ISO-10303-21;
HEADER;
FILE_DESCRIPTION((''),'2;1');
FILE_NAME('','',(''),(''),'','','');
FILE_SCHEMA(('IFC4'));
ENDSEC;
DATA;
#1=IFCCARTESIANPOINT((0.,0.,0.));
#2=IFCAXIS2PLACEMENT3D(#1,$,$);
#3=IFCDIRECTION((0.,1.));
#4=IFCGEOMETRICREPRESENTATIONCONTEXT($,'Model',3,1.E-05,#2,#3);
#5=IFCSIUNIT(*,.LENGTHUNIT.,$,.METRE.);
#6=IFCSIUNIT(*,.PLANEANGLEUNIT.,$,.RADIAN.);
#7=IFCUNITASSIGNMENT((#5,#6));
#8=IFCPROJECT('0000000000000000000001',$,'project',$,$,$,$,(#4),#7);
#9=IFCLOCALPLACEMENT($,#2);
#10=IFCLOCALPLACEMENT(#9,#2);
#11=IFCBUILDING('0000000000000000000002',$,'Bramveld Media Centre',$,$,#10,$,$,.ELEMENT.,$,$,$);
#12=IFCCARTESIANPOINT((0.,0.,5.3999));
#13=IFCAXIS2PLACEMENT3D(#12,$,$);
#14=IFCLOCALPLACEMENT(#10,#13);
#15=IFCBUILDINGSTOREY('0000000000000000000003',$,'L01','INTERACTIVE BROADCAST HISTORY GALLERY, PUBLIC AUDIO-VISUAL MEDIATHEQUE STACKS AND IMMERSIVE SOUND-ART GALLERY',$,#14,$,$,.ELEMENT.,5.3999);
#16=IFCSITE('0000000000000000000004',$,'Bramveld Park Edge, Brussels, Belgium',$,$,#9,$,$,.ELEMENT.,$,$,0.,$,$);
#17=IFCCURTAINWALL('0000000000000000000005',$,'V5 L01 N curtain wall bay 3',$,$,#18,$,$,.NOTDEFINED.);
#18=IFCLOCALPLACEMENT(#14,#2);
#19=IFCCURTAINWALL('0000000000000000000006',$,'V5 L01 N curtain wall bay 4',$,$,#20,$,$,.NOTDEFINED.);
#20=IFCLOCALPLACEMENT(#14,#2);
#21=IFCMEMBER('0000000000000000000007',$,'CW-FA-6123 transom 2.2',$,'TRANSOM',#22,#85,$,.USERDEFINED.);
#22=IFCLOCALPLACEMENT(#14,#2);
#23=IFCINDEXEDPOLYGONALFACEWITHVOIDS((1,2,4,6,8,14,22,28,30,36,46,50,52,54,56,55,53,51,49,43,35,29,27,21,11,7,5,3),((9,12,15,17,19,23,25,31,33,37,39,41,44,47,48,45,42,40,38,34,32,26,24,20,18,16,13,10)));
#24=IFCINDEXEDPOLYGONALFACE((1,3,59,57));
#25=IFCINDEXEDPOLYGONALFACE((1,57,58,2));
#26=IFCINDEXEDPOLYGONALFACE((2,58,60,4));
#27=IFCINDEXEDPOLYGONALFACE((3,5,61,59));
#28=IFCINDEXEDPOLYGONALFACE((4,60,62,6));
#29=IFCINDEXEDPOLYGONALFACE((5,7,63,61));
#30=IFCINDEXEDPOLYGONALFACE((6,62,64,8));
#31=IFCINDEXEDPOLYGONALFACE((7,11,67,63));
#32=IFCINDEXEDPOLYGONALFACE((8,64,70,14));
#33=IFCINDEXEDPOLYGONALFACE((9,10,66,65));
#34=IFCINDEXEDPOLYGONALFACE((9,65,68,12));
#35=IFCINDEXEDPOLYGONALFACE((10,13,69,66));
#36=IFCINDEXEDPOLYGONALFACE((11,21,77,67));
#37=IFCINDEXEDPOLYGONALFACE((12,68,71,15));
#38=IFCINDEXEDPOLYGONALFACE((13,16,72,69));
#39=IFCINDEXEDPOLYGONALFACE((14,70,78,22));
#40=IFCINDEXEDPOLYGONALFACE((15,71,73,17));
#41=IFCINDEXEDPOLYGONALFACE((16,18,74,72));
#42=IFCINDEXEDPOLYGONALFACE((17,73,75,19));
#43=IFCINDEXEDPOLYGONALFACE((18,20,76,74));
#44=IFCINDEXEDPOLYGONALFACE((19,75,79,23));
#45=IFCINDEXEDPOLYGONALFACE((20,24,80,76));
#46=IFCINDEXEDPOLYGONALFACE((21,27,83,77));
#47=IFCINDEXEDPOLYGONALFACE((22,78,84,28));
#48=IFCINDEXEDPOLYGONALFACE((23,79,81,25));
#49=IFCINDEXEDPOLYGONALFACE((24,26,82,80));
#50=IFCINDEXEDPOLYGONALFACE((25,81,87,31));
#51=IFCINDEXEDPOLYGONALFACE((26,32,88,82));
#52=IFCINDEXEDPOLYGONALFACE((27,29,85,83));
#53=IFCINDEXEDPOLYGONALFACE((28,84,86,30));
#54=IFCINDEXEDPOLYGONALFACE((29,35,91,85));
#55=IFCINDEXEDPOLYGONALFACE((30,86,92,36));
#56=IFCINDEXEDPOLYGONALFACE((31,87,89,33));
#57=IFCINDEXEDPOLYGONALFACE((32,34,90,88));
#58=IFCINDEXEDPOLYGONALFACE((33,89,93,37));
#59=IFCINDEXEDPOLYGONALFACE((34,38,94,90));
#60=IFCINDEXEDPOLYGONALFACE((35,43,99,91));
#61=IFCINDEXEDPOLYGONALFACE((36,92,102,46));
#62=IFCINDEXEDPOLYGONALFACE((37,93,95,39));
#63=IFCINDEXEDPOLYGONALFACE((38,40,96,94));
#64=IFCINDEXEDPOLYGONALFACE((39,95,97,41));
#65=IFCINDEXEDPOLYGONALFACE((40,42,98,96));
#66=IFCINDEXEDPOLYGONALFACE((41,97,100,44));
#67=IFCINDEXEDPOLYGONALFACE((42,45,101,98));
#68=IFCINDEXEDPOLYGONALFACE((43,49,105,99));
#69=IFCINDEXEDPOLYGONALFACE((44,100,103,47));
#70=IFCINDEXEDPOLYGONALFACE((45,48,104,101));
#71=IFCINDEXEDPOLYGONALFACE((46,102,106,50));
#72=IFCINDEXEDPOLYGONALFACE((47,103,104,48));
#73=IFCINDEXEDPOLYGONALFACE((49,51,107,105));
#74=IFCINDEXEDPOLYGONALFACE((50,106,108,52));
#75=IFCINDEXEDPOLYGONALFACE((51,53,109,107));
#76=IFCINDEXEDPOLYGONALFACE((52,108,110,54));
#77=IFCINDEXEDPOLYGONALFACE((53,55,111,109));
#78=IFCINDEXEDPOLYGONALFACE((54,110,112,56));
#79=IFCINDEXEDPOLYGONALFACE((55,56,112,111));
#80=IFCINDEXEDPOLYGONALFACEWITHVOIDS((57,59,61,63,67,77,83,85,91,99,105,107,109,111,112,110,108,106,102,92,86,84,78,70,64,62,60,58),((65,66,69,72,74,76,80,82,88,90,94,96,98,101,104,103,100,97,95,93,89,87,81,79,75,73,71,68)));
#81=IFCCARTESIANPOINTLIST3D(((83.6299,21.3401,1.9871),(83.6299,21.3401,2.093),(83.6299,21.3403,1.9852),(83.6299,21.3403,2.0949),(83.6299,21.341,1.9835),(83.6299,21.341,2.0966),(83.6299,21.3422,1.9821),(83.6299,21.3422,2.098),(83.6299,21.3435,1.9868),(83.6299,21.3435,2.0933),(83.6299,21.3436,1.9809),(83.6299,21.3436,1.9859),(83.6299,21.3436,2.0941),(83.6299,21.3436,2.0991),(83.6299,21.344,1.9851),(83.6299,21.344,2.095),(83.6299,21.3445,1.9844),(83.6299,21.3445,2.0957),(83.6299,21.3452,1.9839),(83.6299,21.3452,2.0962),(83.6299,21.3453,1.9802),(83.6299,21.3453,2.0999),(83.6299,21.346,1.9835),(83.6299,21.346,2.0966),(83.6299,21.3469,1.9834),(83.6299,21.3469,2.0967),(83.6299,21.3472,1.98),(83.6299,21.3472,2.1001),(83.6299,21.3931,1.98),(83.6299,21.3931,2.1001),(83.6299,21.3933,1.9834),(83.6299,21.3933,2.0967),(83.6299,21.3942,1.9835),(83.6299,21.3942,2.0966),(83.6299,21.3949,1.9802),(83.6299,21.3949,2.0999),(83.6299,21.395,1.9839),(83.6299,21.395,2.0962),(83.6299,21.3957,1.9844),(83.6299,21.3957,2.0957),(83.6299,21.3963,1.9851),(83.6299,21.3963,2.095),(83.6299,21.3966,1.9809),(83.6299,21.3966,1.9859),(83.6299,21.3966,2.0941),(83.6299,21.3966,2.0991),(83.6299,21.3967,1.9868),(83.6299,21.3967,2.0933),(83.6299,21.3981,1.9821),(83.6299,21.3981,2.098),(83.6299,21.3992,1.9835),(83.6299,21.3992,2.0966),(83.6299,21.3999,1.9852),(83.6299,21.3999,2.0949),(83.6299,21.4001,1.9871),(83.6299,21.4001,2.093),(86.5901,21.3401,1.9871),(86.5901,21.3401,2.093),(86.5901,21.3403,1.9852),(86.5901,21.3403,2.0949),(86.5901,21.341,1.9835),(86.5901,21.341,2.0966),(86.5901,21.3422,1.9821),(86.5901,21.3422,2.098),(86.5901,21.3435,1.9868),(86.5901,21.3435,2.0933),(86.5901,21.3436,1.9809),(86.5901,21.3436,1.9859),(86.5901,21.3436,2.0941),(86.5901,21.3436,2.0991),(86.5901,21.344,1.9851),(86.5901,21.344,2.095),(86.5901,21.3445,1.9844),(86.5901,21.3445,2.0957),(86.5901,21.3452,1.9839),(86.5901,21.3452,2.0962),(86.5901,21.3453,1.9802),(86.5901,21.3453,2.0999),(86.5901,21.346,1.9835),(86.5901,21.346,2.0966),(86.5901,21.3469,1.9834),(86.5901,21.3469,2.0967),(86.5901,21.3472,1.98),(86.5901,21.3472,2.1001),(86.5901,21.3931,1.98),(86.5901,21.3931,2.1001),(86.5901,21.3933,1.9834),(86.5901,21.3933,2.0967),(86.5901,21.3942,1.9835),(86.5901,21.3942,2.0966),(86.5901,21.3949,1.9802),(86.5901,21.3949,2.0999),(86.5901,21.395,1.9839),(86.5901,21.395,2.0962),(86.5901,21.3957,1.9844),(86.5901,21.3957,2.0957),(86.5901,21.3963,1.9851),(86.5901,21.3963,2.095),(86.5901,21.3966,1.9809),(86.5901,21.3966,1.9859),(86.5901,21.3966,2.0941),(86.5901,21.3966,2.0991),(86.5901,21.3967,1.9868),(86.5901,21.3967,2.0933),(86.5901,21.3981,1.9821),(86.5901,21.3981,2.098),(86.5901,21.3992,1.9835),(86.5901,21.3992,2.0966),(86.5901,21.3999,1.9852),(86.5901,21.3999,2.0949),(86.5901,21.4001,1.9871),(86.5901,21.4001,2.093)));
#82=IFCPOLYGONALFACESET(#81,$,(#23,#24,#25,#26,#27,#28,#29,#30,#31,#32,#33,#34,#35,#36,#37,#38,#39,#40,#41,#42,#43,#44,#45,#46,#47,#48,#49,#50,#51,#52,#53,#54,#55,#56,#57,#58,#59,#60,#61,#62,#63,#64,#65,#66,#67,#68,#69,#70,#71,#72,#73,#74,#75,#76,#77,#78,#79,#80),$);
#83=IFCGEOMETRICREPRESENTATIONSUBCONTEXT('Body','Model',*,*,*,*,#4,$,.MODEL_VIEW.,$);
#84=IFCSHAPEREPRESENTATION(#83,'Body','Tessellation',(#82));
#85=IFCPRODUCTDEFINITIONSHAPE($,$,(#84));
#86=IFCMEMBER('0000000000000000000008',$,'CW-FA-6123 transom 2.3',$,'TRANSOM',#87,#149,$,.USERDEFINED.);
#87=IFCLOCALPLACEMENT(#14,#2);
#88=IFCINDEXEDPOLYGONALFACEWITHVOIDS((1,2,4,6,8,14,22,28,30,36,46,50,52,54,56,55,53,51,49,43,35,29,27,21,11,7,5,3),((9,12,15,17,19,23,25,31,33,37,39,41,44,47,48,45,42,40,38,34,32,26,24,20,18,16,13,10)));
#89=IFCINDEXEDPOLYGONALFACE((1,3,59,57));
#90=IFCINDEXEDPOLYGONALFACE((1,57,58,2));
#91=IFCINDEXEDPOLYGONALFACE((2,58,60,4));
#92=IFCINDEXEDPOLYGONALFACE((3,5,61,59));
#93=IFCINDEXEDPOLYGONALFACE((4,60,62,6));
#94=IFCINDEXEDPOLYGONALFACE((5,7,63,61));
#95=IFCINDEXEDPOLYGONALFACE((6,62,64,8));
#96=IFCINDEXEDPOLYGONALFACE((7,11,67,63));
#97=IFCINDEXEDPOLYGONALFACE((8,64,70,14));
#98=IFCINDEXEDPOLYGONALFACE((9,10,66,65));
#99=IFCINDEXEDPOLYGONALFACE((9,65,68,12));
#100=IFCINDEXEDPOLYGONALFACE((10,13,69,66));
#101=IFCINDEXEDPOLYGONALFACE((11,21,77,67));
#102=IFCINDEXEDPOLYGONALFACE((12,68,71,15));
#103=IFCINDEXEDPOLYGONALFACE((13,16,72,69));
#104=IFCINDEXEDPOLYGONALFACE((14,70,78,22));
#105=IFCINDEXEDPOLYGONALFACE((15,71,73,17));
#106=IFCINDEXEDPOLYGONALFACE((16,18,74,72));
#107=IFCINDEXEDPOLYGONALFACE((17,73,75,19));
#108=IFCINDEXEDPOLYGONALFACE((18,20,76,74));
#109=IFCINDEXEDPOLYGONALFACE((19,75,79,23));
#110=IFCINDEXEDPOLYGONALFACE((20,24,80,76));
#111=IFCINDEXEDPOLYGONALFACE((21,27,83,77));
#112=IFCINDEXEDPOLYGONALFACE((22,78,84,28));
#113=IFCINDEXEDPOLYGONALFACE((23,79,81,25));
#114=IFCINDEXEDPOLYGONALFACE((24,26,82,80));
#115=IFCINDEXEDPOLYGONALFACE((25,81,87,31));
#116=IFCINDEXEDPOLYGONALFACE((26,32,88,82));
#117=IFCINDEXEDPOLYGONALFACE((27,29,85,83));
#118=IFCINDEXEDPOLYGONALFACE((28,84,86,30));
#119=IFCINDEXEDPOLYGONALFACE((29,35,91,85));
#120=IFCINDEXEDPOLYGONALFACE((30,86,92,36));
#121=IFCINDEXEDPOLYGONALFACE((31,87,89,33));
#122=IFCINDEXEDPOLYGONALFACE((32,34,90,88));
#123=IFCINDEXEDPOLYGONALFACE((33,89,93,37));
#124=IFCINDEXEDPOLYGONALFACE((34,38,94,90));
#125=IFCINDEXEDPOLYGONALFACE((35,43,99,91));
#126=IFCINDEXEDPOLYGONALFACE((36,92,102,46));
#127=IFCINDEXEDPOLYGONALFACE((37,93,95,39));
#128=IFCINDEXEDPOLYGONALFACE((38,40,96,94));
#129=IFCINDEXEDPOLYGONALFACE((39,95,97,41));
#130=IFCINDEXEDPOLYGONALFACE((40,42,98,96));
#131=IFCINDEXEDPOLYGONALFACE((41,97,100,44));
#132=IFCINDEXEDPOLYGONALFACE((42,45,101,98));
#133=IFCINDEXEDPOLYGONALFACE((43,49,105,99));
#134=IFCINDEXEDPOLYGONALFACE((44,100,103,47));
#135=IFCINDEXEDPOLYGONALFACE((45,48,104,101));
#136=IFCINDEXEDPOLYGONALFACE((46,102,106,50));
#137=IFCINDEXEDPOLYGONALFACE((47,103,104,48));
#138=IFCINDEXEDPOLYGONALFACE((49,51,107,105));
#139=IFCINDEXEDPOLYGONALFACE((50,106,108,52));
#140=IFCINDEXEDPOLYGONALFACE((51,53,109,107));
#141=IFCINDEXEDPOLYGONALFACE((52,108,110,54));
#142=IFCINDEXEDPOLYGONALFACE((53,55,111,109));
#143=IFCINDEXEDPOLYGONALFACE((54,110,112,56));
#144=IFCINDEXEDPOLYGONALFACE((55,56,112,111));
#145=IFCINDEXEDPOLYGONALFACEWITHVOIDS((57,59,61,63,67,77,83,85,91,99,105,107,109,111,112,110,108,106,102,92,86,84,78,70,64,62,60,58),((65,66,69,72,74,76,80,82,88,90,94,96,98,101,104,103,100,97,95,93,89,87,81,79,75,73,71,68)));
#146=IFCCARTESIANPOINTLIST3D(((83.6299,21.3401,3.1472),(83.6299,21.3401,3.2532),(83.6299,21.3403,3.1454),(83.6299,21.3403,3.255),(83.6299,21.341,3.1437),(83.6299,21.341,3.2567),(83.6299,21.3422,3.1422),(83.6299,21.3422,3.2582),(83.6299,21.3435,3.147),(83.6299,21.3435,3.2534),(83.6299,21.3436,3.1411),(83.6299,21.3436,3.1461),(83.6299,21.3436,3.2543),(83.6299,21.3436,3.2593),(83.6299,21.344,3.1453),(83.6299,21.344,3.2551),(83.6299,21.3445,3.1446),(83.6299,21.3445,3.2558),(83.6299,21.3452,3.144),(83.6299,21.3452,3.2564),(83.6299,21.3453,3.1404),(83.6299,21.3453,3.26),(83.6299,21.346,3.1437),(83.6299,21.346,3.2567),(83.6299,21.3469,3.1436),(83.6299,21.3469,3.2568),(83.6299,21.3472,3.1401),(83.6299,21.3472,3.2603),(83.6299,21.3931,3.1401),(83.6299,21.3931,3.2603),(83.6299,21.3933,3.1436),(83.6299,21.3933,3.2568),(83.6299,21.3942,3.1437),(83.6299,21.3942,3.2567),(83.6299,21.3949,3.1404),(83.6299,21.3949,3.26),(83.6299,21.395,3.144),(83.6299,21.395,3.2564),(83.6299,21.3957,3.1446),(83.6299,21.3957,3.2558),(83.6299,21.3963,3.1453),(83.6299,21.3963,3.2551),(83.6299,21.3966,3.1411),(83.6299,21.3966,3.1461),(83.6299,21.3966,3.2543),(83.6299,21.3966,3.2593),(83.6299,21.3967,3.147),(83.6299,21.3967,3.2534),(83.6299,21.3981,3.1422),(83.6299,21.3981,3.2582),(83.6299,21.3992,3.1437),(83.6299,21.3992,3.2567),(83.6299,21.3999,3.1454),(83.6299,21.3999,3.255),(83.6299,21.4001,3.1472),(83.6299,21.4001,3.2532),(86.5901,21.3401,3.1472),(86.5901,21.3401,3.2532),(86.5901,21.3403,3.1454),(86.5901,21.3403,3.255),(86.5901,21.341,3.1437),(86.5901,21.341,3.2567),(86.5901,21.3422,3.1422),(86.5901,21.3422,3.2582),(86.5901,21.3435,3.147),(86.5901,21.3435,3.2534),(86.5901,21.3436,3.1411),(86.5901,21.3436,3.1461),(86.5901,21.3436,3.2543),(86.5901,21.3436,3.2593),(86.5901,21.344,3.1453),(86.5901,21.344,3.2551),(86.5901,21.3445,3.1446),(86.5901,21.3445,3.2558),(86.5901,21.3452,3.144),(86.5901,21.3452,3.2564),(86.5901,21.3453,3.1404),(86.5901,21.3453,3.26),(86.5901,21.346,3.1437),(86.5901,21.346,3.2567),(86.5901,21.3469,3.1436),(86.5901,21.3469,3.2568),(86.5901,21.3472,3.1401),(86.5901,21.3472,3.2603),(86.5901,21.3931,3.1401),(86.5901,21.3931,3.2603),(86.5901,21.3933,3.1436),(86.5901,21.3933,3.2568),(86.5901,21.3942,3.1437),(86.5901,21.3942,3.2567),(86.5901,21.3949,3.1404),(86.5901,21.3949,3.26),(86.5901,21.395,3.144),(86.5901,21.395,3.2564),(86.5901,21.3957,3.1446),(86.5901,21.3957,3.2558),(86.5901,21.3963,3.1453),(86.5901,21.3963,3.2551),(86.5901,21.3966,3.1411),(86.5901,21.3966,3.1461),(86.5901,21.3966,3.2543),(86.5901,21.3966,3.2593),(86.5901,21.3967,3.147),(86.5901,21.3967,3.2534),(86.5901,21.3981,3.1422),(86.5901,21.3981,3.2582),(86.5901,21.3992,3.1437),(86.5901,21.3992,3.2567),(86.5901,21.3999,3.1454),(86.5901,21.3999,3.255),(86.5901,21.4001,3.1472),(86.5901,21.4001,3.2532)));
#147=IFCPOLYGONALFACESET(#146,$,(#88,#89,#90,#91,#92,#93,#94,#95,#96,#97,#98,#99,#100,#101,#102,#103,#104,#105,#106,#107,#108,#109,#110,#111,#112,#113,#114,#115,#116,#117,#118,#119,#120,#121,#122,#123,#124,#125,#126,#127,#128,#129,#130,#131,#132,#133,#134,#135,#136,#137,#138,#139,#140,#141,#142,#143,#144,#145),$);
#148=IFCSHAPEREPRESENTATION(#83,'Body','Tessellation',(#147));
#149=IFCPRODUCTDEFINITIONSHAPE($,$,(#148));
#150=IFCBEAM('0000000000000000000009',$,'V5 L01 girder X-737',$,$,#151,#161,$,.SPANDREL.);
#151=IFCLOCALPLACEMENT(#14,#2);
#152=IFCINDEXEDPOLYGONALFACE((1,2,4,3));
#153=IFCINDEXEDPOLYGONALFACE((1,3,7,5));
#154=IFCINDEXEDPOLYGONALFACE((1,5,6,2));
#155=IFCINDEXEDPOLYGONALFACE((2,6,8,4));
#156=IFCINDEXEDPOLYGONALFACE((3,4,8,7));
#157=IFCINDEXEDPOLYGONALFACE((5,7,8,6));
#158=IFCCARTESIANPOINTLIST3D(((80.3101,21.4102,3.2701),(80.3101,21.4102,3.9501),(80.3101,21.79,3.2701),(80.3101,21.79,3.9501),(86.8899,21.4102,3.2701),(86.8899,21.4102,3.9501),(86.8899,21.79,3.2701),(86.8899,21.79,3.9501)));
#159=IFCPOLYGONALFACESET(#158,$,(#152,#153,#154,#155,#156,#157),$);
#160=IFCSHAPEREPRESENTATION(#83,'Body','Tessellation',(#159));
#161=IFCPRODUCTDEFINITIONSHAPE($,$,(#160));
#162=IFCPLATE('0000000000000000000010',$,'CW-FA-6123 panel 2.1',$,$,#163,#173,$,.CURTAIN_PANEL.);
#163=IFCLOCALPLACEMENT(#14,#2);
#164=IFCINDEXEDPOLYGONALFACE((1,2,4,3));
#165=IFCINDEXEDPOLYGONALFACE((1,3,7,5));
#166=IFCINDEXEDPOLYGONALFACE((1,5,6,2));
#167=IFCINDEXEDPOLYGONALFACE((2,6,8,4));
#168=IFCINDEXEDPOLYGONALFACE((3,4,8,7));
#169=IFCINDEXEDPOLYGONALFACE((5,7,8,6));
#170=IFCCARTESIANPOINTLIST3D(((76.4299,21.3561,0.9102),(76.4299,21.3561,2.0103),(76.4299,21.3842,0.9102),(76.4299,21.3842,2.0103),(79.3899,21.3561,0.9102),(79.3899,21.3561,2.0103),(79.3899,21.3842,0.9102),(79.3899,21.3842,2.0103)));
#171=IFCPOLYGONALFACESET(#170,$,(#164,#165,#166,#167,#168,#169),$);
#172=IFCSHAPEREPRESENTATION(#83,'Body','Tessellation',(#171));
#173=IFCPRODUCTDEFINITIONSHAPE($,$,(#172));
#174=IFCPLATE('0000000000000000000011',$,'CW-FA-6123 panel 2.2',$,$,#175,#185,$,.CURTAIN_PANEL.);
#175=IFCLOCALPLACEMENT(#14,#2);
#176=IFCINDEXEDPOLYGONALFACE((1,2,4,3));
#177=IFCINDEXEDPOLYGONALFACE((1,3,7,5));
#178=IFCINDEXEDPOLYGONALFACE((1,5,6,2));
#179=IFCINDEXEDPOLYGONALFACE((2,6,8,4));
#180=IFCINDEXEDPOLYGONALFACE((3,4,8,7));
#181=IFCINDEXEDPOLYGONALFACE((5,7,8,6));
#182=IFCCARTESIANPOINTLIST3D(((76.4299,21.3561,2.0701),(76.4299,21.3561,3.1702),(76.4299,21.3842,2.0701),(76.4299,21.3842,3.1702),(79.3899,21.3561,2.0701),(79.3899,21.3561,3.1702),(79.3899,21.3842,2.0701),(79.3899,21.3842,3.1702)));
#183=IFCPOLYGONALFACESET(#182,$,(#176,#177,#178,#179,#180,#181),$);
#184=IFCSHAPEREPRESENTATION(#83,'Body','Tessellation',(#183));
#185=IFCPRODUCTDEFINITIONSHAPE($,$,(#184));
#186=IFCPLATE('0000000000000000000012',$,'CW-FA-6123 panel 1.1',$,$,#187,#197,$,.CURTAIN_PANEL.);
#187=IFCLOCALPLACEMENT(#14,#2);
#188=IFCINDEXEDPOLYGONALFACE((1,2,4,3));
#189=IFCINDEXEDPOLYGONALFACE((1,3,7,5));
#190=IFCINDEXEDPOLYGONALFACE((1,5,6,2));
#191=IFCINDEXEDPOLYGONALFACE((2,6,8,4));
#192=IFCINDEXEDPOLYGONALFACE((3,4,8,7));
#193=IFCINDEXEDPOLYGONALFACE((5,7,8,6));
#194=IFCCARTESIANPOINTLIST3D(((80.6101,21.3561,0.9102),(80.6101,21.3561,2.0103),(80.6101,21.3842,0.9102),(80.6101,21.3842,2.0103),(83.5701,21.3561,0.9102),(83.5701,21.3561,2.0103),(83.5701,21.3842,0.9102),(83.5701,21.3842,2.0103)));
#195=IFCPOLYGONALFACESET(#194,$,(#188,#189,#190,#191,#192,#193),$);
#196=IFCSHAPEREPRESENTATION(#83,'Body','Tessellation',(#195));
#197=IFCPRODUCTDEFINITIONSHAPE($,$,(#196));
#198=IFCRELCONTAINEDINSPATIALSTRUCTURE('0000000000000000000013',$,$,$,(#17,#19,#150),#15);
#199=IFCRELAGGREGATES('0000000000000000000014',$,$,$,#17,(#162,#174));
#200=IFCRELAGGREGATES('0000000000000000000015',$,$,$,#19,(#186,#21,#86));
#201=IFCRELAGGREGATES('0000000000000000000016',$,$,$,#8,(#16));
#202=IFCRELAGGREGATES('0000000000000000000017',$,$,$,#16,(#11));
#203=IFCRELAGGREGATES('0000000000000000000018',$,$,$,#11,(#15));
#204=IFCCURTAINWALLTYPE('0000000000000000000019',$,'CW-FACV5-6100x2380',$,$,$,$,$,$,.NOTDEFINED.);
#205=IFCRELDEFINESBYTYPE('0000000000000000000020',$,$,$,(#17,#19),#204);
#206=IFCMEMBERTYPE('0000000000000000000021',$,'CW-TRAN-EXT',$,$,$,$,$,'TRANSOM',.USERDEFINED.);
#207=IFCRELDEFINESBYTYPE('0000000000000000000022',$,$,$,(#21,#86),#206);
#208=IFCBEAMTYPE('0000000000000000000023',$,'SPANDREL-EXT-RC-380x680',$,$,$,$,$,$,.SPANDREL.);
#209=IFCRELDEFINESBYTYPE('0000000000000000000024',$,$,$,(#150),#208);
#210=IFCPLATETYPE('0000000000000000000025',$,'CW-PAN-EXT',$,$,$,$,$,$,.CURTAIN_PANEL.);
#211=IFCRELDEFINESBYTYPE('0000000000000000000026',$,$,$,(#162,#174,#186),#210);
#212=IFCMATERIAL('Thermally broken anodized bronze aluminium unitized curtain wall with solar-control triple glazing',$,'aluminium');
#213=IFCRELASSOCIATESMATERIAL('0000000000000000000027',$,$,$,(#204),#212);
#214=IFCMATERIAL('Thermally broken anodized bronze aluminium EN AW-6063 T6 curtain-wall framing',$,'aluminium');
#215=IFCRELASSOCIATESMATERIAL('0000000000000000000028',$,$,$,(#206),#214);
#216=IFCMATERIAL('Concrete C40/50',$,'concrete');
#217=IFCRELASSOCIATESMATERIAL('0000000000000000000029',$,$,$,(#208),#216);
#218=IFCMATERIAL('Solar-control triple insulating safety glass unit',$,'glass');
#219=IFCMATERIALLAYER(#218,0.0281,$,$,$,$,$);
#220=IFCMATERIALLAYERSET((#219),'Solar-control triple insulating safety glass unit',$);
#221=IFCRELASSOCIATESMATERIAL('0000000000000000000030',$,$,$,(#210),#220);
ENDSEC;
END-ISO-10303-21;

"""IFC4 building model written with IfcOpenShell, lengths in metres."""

from ifc_helpers import new_model, si_unit, direction, frame, origin, origin_2d, place, context, subcontext, project, spatial, rectangle, hollow_rectangle, extrude, material, layer, layer_set, material_profile, profile_set, type_object, element, aggregate, save


model = new_model("IFC4")

# Units and contexts
model_context = context("Model", 3, precision=1e-05, world=origin(), true_north=direction((0.0, 1.0)))
body_context = subcontext(model_context, "Body", "Model", "MODEL_VIEW")
ifc_project = project(units=[si_unit("LENGTHUNIT", "METRE"), si_unit("PLANEANGLEUNIT", "RADIAN")], contexts=[model_context])

# Site, building, storey
site_placement = place(None, origin())
site = spatial("IfcSite", under=ifc_project, at=site_placement, Name="Bramveld Park Edge, Brussels, Belgium", CompositionType="ELEMENT", RefElevation=0.0)
building_placement = place(site_placement, origin())
building = spatial("IfcBuilding", under=site, at=building_placement, Name="Bramveld Media Centre", CompositionType="ELEMENT")
storey_placement = place(building_placement, frame((0.0, 0.0, 5.3999)))
storey = spatial("IfcBuildingStorey", under=building, at=storey_placement, Name="L01", Description="INTERACTIVE BROADCAST HISTORY GALLERY, PUBLIC AUDIO-VISUAL MEDIATHEQUE STACKS AND IMMERSIVE SOUND-ART GALLERY", CompositionType="ELEMENT", Elevation=5.3999)

# Curtain walls
ifc_material_1 = material(Name="Thermally broken anodized bronze aluminium unitized curtain wall with solar-control triple glazing", Category="aluminium")
curtain_wall_type = type_object("IfcCurtainWallType", Name="CW-FACV5-6100x2380", PredefinedType="NOTDEFINED", material=ifc_material_1)
curtain_wall_1_placement = place(storey_placement, origin())
curtain_wall_1 = element("IfcCurtainWall", 1, at=curtain_wall_1_placement, inside=storey, type_object=curtain_wall_type, Name="V5 L01 N curtain wall bay 3", PredefinedType="NOTDEFINED")
curtain_wall_2_placement = place(storey_placement, origin())
curtain_wall_2 = element("IfcCurtainWall", 2, at=curtain_wall_2_placement, inside=storey, type_object=curtain_wall_type, Name="V5 L01 N curtain wall bay 4", PredefinedType="NOTDEFINED")

# Members
ifc_material_2 = material(Name="Thermally broken anodized bronze aluminium EN AW-6063 T6 curtain-wall framing", Category="aluminium")
ifc_material_profile_1 = material_profile(ifc_material_2, hollow_rectangle(XDim=0.0601, YDim=0.1201, WallThickness=0.0034, InnerFilletRadius=0.0034, OuterFilletRadius=0.0071, at=origin_2d()), Name="AL-TRAN 60x120")
ifc_profile_set_1 = profile_set([ifc_material_profile_1], Name="Thermally broken anodized bronze aluminium EN AW-6063 T6 curtain-wall framing")
member_type_1 = type_object("IfcMemberType", Name="CW-TRAN-EXT", ElementType="TRANSOM", PredefinedType="USERDEFINED", material=ifc_profile_set_1)
member_1_placement = place(storey_placement, frame((83.6299, 21.3701, 2.04), z_axis=(1.0, 0.0, 0.0), x_axis=(0.0, 1.0, 0.0)))
member_1 = element("IfcMember", 3, at=member_1_placement, type_object=member_type_1, Name="CW-FA-6123 transom 2.2", ObjectType="TRANSOM", PredefinedType="USERDEFINED", context=body_context, shape_type="SweptSolid", body=[
    extrude(hollow_rectangle(XDim=0.0601, YDim=0.1201, WallThickness=0.0034, InnerFilletRadius=0.0034, OuterFilletRadius=0.0071, at=origin_2d()), origin(), (0.0, 0.0, 1.0), 2.9602),
])
member_2_placement = place(storey_placement, frame((83.6299, 21.3701, 3.2002), z_axis=(1.0, 0.0, 0.0), x_axis=(0.0, 1.0, 0.0)))
member_2 = element("IfcMember", 4, at=member_2_placement, type_object=member_type_1, Name="CW-FA-6123 transom 2.3", ObjectType="TRANSOM", PredefinedType="USERDEFINED", context=body_context, shape_type="SweptSolid", body=[
    extrude(hollow_rectangle(XDim=0.0601, YDim=0.1201, WallThickness=0.0034, InnerFilletRadius=0.0034, OuterFilletRadius=0.0071, at=origin_2d()), origin(), (0.0, 0.0, 1.0), 2.9602),
])

# Beam
ifc_material_3 = material(Name="Concrete C40/50", Category="concrete")
ifc_material_profile_2 = material_profile(ifc_material_3, rectangle(XDim=0.3799, YDim=0.6799, at=origin_2d()), Name="RC 380x680")
ifc_profile_set_2 = profile_set([ifc_material_profile_2], Name="Concrete C40/50")
beam_type = type_object("IfcBeamType", Name="SPANDREL-EXT-RC-380x680", PredefinedType="SPANDREL", material=ifc_profile_set_2)
beam_placement = place(storey_placement, frame((80.3101, 21.6001, 3.6101), z_axis=(1.0, 0.0, 0.0), x_axis=(0.0, 1.0, 0.0)))
element("IfcBeam", 5, at=beam_placement, inside=storey, type_object=beam_type, Name="V5 L01 girder X-737", PredefinedType="SPANDREL", context=body_context, shape_type="SweptSolid", body=[
    extrude(rectangle(XDim=0.3799, YDim=0.6799, at=origin_2d()), origin(), (0.0, 0.0, 1.0), 6.5798),
])

# Plates
ifc_material_4 = material(Name="Solar-control triple insulating safety glass unit", Category="glass")
ifc_layer = layer(ifc_material_4, 0.0281)
ifc_layer_set = layer_set([ifc_layer], Name="Solar-control triple insulating safety glass unit")
plate_type = type_object("IfcPlateType", Name="CW-PAN-EXT", PredefinedType="CURTAIN_PANEL", material=ifc_layer_set)
plate_1_placement = place(storey_placement, frame((77.9099, 21.3701, 0.9102), z_axis=(0.0, 0.0, 1.0), x_axis=(1.0, 0.0, 0.0)))
plate_1 = element("IfcPlate", 6, at=plate_1_placement, type_object=plate_type, Name="CW-FA-6123 panel 2.1", PredefinedType="CURTAIN_PANEL", context=body_context, shape_type="SweptSolid", body=[
    extrude(rectangle(XDim=2.96, YDim=0.0281, at=origin_2d()), origin(), (0.0, 0.0, 1.0), 1.1001),
])
plate_2_placement = place(storey_placement, frame((77.9099, 21.3701, 2.0701), z_axis=(0.0, 0.0, 1.0), x_axis=(1.0, 0.0, 0.0)))
plate_2 = element("IfcPlate", 7, at=plate_2_placement, type_object=plate_type, Name="CW-FA-6123 panel 2.2", PredefinedType="CURTAIN_PANEL", context=body_context, shape_type="SweptSolid", body=[
    extrude(rectangle(XDim=2.96, YDim=0.0281, at=origin_2d()), origin(), (0.0, 0.0, 1.0), 1.1001),
])
aggregate(curtain_wall_1, [plate_1, plate_2])
plate_3_placement = place(storey_placement, frame((82.0901, 21.3701, 0.9102), z_axis=(0.0, 0.0, 1.0), x_axis=(1.0, 0.0, 0.0)))
plate_3 = element("IfcPlate", 8, at=plate_3_placement, type_object=plate_type, Name="CW-FA-6123 panel 1.1", PredefinedType="CURTAIN_PANEL", context=body_context, shape_type="SweptSolid", body=[
    extrude(rectangle(XDim=2.96, YDim=0.0281, at=origin_2d()), origin(), (0.0, 0.0, 1.0), 1.1001),
])
aggregate(curtain_wall_2, [plate_3, member_1, member_2])

save(model, "model.ifc")
